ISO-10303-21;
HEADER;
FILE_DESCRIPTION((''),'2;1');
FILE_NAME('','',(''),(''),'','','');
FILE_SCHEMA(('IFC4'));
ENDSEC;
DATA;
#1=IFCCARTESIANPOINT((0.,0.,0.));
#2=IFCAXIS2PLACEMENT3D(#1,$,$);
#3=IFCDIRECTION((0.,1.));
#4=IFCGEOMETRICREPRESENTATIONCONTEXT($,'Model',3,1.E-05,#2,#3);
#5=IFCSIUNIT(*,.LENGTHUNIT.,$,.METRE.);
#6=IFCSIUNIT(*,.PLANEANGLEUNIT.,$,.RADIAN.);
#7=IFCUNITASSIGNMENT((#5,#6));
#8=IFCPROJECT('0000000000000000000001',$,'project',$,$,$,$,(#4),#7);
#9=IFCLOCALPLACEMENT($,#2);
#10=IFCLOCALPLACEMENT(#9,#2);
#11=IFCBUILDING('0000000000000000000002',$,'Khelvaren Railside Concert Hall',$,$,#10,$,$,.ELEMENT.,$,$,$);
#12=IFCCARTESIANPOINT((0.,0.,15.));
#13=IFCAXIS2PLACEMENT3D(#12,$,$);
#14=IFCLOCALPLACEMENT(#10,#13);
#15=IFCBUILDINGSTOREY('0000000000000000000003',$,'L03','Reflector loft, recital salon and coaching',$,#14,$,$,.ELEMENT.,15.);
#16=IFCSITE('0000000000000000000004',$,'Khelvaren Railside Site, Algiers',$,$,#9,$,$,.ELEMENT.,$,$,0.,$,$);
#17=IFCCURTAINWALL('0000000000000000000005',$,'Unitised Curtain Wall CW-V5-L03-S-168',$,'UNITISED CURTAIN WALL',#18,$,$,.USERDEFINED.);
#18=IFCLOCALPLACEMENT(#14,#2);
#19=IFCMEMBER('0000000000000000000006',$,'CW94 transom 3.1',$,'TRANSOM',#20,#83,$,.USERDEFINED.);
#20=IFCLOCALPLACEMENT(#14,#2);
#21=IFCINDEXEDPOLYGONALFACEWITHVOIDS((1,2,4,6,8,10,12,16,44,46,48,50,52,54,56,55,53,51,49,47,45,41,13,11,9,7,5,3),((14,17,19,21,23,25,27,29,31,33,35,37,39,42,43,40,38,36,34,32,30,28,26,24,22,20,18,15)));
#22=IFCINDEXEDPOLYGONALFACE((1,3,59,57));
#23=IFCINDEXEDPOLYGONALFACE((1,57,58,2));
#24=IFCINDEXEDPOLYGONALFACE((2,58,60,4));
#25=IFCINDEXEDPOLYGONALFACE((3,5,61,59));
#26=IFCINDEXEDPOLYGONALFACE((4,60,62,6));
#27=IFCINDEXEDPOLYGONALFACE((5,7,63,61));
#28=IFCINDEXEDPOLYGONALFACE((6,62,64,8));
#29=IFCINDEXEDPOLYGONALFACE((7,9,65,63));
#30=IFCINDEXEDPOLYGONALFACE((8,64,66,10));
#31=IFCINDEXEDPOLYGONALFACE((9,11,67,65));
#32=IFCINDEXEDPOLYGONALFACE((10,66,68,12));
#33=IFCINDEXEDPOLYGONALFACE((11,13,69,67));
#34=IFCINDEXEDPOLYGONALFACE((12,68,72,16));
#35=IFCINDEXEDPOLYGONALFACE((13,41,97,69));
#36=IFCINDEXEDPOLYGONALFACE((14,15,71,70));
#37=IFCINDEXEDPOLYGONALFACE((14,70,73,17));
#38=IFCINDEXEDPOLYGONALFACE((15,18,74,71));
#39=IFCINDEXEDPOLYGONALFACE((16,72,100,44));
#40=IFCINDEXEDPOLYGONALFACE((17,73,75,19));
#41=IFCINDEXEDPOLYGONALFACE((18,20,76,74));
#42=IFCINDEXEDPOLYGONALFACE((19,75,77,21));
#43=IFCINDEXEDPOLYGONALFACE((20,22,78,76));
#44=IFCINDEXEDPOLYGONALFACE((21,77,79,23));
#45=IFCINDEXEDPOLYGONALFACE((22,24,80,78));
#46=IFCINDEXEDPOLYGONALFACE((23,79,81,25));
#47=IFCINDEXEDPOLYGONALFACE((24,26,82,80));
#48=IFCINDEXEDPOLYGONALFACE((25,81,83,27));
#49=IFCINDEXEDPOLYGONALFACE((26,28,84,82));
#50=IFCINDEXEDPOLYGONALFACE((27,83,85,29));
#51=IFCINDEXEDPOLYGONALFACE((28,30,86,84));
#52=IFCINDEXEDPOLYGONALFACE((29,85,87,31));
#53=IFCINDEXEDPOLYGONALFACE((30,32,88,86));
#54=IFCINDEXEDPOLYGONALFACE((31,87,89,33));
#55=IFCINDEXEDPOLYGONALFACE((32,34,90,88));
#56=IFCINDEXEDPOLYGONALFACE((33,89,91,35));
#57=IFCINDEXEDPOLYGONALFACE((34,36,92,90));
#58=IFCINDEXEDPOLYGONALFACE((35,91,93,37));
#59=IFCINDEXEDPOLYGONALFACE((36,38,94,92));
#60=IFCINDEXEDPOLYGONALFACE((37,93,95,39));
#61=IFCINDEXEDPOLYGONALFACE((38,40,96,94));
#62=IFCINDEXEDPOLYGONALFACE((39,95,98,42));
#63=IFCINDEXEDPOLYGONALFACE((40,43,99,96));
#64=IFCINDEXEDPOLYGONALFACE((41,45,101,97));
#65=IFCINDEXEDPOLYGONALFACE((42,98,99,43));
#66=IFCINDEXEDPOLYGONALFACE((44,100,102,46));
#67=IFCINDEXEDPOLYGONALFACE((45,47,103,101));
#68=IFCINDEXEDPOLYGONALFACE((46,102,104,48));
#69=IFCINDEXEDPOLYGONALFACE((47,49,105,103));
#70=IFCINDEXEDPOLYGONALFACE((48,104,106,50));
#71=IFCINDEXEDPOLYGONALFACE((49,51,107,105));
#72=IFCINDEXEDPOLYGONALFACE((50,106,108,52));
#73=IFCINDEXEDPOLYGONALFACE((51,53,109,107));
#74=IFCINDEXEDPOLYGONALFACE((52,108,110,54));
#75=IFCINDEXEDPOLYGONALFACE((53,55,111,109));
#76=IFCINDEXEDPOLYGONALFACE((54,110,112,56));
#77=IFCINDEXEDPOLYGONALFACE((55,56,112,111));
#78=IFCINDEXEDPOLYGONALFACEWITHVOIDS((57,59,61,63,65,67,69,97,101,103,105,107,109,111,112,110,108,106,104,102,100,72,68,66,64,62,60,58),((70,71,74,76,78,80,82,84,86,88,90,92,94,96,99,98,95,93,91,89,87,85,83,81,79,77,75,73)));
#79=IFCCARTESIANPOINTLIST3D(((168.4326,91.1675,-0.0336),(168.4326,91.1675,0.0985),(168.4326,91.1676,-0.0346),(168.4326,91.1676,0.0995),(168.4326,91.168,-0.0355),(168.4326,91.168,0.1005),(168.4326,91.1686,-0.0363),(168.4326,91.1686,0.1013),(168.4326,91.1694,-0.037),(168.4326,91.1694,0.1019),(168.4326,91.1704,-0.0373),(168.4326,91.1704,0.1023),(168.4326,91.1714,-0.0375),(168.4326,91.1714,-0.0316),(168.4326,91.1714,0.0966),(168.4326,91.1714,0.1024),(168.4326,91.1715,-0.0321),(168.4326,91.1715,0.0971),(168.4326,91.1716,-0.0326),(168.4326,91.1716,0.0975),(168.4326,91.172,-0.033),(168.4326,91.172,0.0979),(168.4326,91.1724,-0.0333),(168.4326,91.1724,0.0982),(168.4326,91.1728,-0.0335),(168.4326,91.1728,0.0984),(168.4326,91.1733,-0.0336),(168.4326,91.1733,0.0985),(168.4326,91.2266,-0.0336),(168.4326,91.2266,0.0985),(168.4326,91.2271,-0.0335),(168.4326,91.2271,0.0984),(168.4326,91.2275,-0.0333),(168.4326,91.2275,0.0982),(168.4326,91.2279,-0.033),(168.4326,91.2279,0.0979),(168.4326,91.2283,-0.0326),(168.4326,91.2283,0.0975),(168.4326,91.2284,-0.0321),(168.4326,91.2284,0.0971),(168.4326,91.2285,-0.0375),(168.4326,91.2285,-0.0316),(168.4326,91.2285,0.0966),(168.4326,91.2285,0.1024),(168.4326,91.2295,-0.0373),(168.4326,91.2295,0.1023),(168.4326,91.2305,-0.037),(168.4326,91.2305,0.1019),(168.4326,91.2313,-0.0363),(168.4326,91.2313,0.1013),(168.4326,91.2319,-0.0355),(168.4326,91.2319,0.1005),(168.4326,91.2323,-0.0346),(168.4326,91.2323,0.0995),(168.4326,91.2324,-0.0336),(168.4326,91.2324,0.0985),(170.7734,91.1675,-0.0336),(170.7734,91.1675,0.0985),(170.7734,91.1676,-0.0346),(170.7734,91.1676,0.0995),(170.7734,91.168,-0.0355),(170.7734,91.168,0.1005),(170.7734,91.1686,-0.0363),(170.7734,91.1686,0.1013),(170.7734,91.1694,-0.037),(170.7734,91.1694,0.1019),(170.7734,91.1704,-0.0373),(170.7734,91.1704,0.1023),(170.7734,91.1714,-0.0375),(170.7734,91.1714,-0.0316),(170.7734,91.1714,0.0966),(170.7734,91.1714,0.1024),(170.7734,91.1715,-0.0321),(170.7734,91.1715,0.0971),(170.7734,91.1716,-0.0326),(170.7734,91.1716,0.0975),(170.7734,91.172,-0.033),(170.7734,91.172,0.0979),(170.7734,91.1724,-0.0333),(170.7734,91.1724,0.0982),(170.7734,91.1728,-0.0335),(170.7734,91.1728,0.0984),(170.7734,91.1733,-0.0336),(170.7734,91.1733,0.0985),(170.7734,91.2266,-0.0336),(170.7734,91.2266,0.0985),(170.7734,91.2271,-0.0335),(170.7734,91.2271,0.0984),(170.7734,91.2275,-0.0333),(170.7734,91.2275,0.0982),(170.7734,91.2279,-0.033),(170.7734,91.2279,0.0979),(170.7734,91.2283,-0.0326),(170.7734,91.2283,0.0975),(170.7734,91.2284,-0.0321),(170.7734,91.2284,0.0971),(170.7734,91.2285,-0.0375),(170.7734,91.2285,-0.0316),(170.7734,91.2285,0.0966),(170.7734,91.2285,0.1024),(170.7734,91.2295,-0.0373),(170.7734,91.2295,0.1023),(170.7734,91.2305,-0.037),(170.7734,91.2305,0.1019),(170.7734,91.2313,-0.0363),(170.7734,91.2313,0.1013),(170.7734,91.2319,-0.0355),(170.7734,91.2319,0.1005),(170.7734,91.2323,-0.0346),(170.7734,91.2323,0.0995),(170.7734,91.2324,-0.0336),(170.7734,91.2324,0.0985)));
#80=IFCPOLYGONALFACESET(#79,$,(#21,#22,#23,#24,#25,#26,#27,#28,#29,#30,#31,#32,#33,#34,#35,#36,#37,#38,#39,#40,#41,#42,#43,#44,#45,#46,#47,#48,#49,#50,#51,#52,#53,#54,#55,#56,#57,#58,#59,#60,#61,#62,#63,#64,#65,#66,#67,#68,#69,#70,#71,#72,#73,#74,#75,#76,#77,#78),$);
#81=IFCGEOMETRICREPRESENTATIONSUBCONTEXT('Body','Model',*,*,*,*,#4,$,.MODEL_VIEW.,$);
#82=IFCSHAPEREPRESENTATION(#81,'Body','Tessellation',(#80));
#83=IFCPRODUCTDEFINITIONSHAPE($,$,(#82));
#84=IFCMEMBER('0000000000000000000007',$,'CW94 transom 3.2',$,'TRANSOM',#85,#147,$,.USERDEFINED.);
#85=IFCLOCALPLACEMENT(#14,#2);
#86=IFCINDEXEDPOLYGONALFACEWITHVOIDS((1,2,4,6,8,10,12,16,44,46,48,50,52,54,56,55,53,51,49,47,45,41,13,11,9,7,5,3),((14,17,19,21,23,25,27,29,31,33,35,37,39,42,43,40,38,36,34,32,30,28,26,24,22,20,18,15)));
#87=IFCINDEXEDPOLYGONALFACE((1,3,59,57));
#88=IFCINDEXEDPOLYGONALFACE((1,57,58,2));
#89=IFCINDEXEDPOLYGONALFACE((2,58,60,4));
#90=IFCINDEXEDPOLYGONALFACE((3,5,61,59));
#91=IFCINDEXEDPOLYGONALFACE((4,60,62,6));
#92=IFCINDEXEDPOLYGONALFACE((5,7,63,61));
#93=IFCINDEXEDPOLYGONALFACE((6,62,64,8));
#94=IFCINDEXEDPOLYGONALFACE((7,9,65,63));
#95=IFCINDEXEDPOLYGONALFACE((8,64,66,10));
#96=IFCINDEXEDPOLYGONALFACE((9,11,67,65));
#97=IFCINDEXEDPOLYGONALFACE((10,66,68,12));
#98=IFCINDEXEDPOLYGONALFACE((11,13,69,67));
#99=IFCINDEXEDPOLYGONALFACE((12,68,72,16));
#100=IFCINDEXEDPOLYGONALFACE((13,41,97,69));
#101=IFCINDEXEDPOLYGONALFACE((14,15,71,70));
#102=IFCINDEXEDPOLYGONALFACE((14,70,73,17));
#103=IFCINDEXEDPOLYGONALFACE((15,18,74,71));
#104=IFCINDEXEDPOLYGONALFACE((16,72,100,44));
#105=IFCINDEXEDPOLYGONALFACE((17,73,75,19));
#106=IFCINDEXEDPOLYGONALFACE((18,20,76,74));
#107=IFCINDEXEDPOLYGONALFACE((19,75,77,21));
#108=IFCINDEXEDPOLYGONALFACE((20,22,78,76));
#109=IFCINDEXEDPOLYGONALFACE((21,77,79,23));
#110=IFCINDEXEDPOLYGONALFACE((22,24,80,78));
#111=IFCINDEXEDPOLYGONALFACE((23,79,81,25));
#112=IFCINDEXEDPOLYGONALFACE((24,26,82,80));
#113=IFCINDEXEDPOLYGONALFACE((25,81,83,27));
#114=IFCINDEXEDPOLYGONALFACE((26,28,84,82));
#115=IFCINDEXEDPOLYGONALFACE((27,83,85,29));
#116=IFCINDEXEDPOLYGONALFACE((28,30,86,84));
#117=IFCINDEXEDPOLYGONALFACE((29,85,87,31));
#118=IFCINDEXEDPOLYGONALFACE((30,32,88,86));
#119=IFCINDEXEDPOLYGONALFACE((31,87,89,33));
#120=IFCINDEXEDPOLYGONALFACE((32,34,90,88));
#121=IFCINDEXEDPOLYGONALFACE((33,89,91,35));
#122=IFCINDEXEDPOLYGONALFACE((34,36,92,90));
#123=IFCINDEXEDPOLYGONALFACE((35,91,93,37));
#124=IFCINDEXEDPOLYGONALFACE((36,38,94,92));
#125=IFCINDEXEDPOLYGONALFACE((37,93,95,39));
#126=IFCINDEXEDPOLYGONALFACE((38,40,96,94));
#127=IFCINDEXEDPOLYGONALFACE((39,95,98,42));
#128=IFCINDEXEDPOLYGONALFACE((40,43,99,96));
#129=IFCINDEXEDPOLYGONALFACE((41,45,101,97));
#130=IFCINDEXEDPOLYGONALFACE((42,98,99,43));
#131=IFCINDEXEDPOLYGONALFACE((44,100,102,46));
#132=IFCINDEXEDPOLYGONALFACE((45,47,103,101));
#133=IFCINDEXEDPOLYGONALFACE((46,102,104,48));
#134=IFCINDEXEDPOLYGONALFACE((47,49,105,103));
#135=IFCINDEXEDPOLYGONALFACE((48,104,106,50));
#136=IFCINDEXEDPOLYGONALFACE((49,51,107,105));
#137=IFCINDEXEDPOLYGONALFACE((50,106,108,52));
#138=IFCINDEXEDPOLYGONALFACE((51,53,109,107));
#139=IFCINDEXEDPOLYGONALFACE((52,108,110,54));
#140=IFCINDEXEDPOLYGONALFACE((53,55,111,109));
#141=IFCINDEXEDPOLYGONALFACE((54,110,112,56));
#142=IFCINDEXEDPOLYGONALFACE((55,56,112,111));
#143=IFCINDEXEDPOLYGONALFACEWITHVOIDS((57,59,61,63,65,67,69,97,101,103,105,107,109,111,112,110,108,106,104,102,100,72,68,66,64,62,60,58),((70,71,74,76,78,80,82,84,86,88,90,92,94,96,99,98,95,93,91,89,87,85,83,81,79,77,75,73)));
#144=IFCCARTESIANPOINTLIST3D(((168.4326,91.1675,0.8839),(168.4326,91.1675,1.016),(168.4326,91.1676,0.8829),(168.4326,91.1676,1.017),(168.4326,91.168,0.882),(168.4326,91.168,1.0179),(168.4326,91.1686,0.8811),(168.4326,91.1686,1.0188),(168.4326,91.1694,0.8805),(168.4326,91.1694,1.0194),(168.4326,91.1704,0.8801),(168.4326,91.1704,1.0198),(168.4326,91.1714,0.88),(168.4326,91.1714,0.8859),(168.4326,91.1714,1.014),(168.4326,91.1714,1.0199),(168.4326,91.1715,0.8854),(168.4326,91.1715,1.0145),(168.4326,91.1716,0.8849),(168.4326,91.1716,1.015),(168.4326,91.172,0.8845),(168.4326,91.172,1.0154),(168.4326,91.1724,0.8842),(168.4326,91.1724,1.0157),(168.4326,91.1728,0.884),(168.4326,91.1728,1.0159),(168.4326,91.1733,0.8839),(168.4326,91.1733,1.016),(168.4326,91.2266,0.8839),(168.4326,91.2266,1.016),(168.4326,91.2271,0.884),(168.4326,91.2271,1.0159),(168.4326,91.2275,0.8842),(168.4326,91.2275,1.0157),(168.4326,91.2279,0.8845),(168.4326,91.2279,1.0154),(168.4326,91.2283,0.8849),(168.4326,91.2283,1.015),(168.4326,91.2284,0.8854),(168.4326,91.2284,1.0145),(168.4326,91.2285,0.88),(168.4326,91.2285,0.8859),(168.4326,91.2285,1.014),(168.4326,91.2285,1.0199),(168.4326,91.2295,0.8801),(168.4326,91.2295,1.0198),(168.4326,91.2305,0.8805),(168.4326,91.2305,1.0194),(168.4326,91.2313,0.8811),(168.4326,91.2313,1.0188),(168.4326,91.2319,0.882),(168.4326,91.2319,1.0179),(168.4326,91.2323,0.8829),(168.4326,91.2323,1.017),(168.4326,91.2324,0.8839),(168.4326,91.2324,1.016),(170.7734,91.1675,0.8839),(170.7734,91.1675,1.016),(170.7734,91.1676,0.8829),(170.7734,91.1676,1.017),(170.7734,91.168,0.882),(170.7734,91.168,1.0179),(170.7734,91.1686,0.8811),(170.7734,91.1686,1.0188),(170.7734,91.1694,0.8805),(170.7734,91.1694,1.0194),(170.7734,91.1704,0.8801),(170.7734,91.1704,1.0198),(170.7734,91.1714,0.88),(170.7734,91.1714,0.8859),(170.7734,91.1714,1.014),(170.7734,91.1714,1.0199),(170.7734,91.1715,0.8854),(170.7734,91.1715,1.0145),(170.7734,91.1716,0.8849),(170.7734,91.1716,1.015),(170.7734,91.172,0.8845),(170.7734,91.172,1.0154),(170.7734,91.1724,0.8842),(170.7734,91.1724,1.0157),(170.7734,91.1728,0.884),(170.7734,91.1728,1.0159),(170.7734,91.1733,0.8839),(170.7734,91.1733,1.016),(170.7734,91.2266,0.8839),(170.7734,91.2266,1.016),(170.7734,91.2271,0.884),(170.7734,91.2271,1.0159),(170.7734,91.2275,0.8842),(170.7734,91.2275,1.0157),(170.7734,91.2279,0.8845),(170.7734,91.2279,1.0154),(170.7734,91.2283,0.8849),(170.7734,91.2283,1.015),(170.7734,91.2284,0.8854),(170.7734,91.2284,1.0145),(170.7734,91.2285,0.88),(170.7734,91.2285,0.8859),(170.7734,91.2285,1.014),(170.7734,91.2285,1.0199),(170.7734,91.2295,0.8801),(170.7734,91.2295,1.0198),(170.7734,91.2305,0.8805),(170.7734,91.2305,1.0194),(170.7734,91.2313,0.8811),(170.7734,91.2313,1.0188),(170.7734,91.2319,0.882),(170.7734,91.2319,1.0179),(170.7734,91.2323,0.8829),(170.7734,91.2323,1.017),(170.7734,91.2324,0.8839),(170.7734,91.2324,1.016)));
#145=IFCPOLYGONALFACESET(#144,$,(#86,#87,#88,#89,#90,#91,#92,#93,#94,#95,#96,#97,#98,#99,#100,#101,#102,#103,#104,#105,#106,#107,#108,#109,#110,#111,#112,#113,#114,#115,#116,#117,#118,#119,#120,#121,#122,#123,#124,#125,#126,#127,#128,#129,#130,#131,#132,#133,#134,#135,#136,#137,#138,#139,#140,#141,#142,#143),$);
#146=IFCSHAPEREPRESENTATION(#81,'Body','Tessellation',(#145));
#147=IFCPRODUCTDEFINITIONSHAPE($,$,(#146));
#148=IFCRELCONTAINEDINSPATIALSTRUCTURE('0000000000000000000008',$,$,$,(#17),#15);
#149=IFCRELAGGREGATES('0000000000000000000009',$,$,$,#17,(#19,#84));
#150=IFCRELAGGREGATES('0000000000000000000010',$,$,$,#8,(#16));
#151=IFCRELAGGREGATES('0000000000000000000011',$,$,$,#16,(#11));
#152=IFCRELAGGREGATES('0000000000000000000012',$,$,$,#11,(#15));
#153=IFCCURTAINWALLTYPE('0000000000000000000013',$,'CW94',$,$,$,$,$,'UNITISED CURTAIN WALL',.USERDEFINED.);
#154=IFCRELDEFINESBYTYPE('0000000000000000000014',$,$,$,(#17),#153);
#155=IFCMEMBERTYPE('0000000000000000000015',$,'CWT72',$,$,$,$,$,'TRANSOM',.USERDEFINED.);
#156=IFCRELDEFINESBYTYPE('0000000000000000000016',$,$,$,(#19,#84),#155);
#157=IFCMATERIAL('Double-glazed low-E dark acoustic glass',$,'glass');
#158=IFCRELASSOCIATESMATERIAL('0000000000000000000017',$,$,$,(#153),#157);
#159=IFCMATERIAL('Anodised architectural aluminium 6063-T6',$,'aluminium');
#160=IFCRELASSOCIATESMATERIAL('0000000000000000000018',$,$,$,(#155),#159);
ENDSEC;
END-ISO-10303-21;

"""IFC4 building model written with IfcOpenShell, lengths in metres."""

from ifc_helpers import new_model, si_unit, direction, frame, origin, origin_2d, place, context, subcontext, project, spatial, hollow_rectangle, extrude, material, material_profile, profile_set, type_object, element, aggregate, save


model = new_model("IFC4")

# Units and contexts
model_context = context("Model", 3, precision=1e-05, world=origin(), true_north=direction((0.0, 1.0)))
body_context = subcontext(model_context, "Body", "Model", "MODEL_VIEW")
ifc_project = project(units=[si_unit("LENGTHUNIT", "METRE"), si_unit("PLANEANGLEUNIT", "RADIAN")], contexts=[model_context])

# Site, building, storey
site_placement = place(None, origin())
site = spatial("IfcSite", under=ifc_project, at=site_placement, Name="Khelvaren Railside Site, Algiers", CompositionType="ELEMENT", RefElevation=0.0)
building_placement = place(site_placement, origin())
building = spatial("IfcBuilding", under=site, at=building_placement, Name="Khelvaren Railside Concert Hall", CompositionType="ELEMENT")
storey_placement = place(building_placement, frame((0.0, 0.0, 15.0)))
storey = spatial("IfcBuildingStorey", under=building, at=storey_placement, Name="L03", Description="Reflector loft, recital salon and coaching", CompositionType="ELEMENT", Elevation=15.0)

# Curtain wall
ifc_material_1 = material(Name="Double-glazed low-E dark acoustic glass", Category="glass")
curtain_wall_type_1 = type_object("IfcCurtainWallType", Name="CW94", ElementType="UNITISED CURTAIN WALL", PredefinedType="USERDEFINED", material=ifc_material_1)
curtain_wall_1_placement = place(storey_placement, origin())
curtain_wall_1 = element("IfcCurtainWall", 1, at=curtain_wall_1_placement, inside=storey, type_object=curtain_wall_type_1, Name="Unitised Curtain Wall CW-V5-L03-S-168", ObjectType="UNITISED CURTAIN WALL", PredefinedType="USERDEFINED")
ifc_material_2 = material(Name="Anodised architectural aluminium 6063-T6", Category="aluminium")

# Members
ifc_material_profile_1 = material_profile(ifc_material_2, hollow_rectangle(XDim=0.0649, YDim=0.1399, WallThickness=0.0039, InnerFilletRadius=0.002, OuterFilletRadius=0.0039, at=origin_2d()), Name="CWT 65x140x4")
ifc_profile_set_1 = profile_set([ifc_material_profile_1], Name="Anodised architectural aluminium 6063-T6")
member_type_1 = type_object("IfcMemberType", Name="CWT72", ElementType="TRANSOM", PredefinedType="USERDEFINED", material=ifc_profile_set_1)
member_1_placement = place(storey_placement, frame((170.7734, 91.2, 0.0325), z_axis=(-1.0, 0.0, 0.0), x_axis=(0.0, -1.0, 0.0)))
member_1 = element("IfcMember", 2, at=member_1_placement, type_object=member_type_1, Name="CW94 transom 3.1", ObjectType="TRANSOM", PredefinedType="USERDEFINED", context=body_context, shape_type="SweptSolid", body=[
    extrude(hollow_rectangle(XDim=0.0649, YDim=0.1399, WallThickness=0.0039, InnerFilletRadius=0.002, OuterFilletRadius=0.0039, at=origin_2d()), origin(), (0.0, 0.0, 1.0), 2.3408),
])
member_2_placement = place(storey_placement, frame((170.7734, 91.2, 0.95), z_axis=(-1.0, 0.0, 0.0), x_axis=(0.0, -1.0, 0.0)))
member_2 = element("IfcMember", 3, at=member_2_placement, type_object=member_type_1, Name="CW94 transom 3.2", ObjectType="TRANSOM", PredefinedType="USERDEFINED", context=body_context, shape_type="SweptSolid", body=[
    extrude(hollow_rectangle(XDim=0.0649, YDim=0.1399, WallThickness=0.0039, InnerFilletRadius=0.002, OuterFilletRadius=0.0039, at=origin_2d()), origin(), (0.0, 0.0, 1.0), 2.3408),
])

aggregate(curtain_wall_1, [member_1, member_2])

save(model, "model.ifc")
